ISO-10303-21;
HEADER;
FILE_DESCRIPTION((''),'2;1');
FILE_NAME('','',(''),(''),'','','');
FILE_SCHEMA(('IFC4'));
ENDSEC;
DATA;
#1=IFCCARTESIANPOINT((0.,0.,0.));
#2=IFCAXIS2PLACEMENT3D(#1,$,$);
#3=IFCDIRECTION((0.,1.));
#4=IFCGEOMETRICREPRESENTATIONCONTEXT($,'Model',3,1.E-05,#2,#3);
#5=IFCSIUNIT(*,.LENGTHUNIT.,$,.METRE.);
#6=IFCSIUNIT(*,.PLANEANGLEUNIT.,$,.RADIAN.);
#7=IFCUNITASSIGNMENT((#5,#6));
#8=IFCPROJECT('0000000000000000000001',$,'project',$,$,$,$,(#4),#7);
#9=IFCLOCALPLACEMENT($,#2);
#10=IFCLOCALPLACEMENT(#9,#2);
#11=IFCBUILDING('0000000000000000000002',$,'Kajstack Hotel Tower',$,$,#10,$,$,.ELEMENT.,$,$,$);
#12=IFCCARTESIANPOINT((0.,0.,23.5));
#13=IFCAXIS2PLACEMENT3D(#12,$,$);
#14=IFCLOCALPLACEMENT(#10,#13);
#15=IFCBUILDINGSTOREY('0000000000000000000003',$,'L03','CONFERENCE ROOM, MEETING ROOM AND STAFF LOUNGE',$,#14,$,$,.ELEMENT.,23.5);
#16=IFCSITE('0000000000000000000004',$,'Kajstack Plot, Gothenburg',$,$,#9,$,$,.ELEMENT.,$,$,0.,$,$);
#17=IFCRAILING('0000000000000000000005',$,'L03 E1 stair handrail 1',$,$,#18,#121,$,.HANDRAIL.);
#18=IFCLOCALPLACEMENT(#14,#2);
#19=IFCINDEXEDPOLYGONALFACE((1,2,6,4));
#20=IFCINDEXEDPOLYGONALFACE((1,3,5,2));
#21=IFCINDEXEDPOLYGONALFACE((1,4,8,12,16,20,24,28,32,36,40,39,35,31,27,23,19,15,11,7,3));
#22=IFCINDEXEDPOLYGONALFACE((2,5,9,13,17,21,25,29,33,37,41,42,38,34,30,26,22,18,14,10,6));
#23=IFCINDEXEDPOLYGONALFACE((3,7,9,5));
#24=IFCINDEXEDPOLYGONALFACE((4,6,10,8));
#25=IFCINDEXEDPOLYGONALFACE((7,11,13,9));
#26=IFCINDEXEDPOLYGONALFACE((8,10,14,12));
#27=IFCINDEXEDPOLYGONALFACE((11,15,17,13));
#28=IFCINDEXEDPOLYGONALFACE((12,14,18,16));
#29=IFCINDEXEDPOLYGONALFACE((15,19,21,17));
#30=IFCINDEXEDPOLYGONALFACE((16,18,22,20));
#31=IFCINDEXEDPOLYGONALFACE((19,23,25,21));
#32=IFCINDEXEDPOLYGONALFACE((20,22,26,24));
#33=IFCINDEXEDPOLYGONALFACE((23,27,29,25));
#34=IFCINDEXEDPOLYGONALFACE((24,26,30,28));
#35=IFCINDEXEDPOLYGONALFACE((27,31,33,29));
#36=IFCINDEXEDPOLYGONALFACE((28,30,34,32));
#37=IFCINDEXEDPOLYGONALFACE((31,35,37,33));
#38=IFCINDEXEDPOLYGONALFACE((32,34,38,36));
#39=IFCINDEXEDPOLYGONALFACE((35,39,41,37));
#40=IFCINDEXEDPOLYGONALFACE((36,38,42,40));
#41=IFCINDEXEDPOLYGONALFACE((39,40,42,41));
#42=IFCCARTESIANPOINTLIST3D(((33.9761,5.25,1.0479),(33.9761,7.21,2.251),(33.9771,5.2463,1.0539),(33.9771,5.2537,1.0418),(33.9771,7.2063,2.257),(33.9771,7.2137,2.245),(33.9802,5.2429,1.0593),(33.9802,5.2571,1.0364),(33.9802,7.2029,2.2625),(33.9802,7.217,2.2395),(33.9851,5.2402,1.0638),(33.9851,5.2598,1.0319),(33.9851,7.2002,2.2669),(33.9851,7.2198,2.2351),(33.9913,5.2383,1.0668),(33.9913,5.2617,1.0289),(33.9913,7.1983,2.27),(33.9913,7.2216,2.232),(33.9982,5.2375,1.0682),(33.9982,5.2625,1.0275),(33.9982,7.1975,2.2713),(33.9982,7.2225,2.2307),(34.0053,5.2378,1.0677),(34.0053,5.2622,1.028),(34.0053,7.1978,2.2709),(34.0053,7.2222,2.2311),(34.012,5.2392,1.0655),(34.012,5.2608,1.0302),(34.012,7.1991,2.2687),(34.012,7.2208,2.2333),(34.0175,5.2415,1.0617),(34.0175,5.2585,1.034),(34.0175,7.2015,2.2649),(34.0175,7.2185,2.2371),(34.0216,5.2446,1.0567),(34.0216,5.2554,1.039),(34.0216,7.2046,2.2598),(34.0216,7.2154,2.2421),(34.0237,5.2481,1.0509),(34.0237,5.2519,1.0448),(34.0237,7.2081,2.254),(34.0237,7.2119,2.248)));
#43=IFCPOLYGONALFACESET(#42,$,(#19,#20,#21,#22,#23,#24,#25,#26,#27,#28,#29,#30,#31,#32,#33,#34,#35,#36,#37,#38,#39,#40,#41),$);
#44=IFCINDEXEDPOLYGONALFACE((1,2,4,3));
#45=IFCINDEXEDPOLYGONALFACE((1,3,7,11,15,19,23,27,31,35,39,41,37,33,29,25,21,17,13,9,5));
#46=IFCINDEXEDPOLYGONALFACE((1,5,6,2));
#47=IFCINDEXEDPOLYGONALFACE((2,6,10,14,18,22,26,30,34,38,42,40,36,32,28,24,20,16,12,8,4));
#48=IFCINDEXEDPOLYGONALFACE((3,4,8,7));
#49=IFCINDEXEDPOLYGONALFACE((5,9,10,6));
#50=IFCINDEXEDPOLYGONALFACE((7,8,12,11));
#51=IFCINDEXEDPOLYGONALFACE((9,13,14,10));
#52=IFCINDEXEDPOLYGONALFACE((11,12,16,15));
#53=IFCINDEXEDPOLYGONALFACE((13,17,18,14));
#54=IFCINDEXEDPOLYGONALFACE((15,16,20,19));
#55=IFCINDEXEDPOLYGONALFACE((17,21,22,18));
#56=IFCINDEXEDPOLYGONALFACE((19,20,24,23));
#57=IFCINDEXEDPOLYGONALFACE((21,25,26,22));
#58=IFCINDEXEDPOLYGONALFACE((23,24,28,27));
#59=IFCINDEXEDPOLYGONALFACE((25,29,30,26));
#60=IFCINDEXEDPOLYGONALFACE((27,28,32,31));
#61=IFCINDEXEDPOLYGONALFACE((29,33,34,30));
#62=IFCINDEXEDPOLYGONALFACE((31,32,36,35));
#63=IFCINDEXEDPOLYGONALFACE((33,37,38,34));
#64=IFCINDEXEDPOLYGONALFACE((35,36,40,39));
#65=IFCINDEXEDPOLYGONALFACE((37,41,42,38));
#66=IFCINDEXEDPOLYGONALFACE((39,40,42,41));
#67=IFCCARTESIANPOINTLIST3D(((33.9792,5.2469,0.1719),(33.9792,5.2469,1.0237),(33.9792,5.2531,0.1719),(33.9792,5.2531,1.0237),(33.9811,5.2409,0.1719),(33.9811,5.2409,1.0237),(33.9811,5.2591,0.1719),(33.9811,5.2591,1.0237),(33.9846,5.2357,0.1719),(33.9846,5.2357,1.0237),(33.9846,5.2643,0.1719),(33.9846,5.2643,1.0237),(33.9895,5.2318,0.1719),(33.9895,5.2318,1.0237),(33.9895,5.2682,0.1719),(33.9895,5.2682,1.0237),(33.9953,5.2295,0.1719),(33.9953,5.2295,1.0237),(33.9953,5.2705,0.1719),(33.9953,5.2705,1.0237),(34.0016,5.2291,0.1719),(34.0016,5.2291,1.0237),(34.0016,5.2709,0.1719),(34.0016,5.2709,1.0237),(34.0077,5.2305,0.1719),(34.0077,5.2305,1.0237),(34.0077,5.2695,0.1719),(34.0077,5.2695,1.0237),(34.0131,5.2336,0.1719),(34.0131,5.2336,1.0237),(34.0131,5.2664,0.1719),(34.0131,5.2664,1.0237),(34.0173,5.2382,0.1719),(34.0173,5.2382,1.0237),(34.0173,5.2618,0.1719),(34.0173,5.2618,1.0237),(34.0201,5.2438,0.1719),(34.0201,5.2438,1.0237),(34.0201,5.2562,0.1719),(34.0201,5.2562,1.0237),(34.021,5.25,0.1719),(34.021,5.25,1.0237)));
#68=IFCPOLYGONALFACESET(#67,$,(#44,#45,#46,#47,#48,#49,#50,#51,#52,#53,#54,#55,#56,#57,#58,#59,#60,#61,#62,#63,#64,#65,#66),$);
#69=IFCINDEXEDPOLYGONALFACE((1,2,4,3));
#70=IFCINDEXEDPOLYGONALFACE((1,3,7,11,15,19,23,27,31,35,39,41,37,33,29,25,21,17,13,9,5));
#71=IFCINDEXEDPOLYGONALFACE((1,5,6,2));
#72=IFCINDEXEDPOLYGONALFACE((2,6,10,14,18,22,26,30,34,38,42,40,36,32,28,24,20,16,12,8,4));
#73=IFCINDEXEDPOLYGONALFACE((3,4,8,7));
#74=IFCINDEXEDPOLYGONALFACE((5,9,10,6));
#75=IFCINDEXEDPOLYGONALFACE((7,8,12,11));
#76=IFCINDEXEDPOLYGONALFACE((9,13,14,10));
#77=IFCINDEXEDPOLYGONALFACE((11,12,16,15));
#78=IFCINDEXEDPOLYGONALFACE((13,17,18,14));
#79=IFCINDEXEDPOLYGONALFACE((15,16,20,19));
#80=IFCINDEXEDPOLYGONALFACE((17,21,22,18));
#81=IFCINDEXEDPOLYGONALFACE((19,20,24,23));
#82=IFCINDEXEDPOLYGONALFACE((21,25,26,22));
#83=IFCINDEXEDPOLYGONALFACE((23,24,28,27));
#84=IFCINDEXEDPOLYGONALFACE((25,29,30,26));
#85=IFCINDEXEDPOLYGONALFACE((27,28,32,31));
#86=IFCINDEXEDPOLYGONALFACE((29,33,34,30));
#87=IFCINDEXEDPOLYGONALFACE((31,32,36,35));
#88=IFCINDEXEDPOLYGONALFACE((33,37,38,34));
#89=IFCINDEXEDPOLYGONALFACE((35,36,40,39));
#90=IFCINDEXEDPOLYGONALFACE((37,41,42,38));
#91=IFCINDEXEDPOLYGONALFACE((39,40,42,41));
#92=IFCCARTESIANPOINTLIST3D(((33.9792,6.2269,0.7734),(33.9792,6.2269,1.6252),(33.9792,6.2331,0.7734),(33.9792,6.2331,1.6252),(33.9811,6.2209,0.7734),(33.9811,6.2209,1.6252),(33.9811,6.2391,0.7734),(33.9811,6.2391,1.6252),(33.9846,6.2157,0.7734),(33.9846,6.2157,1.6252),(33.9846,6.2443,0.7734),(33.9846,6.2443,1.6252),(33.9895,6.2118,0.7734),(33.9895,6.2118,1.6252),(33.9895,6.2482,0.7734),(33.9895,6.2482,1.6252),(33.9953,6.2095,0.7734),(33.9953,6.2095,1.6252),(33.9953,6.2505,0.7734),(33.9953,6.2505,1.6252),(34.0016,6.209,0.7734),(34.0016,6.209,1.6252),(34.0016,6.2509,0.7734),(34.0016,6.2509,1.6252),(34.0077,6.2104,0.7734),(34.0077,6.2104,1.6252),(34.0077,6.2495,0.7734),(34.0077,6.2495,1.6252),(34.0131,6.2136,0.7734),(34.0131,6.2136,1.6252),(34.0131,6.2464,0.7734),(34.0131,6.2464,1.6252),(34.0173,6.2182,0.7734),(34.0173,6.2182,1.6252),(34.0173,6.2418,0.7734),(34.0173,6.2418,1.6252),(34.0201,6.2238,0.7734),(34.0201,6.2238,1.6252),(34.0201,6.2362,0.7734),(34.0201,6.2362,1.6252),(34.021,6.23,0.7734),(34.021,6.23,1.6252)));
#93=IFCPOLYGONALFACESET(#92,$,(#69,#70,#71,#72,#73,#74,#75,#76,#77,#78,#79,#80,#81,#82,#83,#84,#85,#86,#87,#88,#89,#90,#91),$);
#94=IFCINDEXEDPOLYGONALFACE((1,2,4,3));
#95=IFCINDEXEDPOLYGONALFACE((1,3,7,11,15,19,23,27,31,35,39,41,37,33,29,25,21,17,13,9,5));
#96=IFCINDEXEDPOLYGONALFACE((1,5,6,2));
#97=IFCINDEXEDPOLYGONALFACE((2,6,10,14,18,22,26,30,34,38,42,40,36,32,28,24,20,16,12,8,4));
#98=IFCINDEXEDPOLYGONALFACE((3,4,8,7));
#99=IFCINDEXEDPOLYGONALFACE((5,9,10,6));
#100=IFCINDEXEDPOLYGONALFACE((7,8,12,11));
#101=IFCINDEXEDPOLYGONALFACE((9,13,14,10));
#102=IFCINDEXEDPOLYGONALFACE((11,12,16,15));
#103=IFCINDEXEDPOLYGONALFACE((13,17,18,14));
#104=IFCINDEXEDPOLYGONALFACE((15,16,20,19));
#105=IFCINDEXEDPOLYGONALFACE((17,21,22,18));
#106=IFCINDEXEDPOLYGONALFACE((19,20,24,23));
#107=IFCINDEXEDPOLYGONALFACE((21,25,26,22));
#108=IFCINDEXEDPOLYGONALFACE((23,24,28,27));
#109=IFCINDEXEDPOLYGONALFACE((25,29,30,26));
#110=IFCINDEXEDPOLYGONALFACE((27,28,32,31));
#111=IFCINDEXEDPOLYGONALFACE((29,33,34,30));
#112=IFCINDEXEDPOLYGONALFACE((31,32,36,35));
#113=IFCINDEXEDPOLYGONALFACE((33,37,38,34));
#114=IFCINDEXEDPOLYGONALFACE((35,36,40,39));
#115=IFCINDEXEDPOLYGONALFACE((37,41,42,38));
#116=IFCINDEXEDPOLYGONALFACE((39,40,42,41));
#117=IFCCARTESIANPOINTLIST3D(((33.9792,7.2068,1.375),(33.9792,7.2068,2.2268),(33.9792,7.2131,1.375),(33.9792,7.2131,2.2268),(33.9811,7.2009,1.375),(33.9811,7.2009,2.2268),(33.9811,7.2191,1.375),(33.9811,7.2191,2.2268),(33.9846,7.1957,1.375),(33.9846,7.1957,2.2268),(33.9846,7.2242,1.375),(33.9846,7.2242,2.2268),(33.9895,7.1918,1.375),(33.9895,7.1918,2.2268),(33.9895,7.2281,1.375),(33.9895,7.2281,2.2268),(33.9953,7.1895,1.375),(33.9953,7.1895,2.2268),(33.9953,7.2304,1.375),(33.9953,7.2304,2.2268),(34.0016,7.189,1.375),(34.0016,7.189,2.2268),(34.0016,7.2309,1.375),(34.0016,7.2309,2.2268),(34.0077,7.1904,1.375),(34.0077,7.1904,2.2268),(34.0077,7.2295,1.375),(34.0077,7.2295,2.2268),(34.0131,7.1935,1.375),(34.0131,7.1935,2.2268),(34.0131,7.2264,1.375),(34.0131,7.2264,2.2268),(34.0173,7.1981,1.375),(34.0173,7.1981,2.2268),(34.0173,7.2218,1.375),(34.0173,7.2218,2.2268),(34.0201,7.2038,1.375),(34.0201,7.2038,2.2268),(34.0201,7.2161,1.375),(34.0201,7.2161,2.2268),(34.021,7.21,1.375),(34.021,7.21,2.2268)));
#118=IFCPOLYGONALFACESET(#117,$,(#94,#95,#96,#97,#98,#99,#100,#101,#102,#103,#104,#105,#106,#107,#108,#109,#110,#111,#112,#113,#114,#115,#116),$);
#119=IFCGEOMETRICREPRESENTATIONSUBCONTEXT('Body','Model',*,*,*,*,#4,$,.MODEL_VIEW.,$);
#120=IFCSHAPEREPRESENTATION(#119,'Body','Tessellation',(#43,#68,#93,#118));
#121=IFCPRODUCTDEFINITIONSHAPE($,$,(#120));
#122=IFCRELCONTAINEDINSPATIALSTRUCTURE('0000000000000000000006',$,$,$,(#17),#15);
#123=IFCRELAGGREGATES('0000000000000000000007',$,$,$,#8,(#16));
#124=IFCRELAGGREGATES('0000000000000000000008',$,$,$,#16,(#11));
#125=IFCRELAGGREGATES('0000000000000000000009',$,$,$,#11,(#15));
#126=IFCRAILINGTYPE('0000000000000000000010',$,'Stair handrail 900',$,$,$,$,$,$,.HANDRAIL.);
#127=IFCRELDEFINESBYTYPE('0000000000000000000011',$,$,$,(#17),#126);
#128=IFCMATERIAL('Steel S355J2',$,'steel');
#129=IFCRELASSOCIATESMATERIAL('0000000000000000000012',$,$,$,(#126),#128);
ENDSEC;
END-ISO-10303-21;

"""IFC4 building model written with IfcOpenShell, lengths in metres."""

from ifc_helpers import new_model, si_unit, direction, frame, origin, origin_2d, place, context, subcontext, project, spatial, circle, extrude, material, type_object, element, save


model = new_model("IFC4")

# Units and contexts
model_context = context("Model", 3, precision=1e-05, world=origin(), true_north=direction((0.0, 1.0)))
body_context = subcontext(model_context, "Body", "Model", "MODEL_VIEW")
ifc_project = project(units=[si_unit("LENGTHUNIT", "METRE"), si_unit("PLANEANGLEUNIT", "RADIAN")], contexts=[model_context])

# Site, building, storey
site_placement = place(None, origin())
site = spatial("IfcSite", under=ifc_project, at=site_placement, Name="Kajstack Plot, Gothenburg", CompositionType="ELEMENT", RefElevation=0.0)
building_placement = place(site_placement, origin())
building = spatial("IfcBuilding", under=site, at=building_placement, Name="Kajstack Hotel Tower", CompositionType="ELEMENT")
storey_placement = place(building_placement, frame((0.0, 0.0, 23.5)))
storey = spatial("IfcBuildingStorey", under=building, at=storey_placement, Name="L03", Description="CONFERENCE ROOM, MEETING ROOM AND STAFF LOUNGE", CompositionType="ELEMENT", Elevation=23.5)

# Railing
ifc_material_1 = material(Name="Steel S355J2", Category="steel")
railing_type_1 = type_object("IfcRailingType", Name="Stair handrail 900", PredefinedType="HANDRAIL", material=ifc_material_1)
railing_1_placement = place(storey_placement, frame((34.0, 5.25, 0.1719)))
element("IfcRailing", 1, at=railing_1_placement, inside=storey, type_object=railing_type_1, Name="L03 E1 stair handrail 1", PredefinedType="HANDRAIL", context=body_context, shape_type="SweptSolid", body=[
    extrude(circle(Radius=0.0239, at=origin_2d()), frame((0.0, 0.0, 0.876), z_axis=(0.0, 0.852241, 0.523149), x_axis=(-1.0, 0.0, 0.0)), (0.0, 0.0, 1.0), 2.2998),
    extrude(circle(Radius=0.021, at=origin_2d()), origin(), (0.0, 0.0, 1.0), 0.8518),
    extrude(circle(Radius=0.021, at=origin_2d()), frame((0.0, 0.98, 0.6016)), (0.0, 0.0, 1.0), 0.8518),
    extrude(circle(Radius=0.021, at=origin_2d()), frame((0.0, 1.96, 1.2031)), (0.0, 0.0, 1.0), 0.8518),
])

save(model, "model.ifc")
